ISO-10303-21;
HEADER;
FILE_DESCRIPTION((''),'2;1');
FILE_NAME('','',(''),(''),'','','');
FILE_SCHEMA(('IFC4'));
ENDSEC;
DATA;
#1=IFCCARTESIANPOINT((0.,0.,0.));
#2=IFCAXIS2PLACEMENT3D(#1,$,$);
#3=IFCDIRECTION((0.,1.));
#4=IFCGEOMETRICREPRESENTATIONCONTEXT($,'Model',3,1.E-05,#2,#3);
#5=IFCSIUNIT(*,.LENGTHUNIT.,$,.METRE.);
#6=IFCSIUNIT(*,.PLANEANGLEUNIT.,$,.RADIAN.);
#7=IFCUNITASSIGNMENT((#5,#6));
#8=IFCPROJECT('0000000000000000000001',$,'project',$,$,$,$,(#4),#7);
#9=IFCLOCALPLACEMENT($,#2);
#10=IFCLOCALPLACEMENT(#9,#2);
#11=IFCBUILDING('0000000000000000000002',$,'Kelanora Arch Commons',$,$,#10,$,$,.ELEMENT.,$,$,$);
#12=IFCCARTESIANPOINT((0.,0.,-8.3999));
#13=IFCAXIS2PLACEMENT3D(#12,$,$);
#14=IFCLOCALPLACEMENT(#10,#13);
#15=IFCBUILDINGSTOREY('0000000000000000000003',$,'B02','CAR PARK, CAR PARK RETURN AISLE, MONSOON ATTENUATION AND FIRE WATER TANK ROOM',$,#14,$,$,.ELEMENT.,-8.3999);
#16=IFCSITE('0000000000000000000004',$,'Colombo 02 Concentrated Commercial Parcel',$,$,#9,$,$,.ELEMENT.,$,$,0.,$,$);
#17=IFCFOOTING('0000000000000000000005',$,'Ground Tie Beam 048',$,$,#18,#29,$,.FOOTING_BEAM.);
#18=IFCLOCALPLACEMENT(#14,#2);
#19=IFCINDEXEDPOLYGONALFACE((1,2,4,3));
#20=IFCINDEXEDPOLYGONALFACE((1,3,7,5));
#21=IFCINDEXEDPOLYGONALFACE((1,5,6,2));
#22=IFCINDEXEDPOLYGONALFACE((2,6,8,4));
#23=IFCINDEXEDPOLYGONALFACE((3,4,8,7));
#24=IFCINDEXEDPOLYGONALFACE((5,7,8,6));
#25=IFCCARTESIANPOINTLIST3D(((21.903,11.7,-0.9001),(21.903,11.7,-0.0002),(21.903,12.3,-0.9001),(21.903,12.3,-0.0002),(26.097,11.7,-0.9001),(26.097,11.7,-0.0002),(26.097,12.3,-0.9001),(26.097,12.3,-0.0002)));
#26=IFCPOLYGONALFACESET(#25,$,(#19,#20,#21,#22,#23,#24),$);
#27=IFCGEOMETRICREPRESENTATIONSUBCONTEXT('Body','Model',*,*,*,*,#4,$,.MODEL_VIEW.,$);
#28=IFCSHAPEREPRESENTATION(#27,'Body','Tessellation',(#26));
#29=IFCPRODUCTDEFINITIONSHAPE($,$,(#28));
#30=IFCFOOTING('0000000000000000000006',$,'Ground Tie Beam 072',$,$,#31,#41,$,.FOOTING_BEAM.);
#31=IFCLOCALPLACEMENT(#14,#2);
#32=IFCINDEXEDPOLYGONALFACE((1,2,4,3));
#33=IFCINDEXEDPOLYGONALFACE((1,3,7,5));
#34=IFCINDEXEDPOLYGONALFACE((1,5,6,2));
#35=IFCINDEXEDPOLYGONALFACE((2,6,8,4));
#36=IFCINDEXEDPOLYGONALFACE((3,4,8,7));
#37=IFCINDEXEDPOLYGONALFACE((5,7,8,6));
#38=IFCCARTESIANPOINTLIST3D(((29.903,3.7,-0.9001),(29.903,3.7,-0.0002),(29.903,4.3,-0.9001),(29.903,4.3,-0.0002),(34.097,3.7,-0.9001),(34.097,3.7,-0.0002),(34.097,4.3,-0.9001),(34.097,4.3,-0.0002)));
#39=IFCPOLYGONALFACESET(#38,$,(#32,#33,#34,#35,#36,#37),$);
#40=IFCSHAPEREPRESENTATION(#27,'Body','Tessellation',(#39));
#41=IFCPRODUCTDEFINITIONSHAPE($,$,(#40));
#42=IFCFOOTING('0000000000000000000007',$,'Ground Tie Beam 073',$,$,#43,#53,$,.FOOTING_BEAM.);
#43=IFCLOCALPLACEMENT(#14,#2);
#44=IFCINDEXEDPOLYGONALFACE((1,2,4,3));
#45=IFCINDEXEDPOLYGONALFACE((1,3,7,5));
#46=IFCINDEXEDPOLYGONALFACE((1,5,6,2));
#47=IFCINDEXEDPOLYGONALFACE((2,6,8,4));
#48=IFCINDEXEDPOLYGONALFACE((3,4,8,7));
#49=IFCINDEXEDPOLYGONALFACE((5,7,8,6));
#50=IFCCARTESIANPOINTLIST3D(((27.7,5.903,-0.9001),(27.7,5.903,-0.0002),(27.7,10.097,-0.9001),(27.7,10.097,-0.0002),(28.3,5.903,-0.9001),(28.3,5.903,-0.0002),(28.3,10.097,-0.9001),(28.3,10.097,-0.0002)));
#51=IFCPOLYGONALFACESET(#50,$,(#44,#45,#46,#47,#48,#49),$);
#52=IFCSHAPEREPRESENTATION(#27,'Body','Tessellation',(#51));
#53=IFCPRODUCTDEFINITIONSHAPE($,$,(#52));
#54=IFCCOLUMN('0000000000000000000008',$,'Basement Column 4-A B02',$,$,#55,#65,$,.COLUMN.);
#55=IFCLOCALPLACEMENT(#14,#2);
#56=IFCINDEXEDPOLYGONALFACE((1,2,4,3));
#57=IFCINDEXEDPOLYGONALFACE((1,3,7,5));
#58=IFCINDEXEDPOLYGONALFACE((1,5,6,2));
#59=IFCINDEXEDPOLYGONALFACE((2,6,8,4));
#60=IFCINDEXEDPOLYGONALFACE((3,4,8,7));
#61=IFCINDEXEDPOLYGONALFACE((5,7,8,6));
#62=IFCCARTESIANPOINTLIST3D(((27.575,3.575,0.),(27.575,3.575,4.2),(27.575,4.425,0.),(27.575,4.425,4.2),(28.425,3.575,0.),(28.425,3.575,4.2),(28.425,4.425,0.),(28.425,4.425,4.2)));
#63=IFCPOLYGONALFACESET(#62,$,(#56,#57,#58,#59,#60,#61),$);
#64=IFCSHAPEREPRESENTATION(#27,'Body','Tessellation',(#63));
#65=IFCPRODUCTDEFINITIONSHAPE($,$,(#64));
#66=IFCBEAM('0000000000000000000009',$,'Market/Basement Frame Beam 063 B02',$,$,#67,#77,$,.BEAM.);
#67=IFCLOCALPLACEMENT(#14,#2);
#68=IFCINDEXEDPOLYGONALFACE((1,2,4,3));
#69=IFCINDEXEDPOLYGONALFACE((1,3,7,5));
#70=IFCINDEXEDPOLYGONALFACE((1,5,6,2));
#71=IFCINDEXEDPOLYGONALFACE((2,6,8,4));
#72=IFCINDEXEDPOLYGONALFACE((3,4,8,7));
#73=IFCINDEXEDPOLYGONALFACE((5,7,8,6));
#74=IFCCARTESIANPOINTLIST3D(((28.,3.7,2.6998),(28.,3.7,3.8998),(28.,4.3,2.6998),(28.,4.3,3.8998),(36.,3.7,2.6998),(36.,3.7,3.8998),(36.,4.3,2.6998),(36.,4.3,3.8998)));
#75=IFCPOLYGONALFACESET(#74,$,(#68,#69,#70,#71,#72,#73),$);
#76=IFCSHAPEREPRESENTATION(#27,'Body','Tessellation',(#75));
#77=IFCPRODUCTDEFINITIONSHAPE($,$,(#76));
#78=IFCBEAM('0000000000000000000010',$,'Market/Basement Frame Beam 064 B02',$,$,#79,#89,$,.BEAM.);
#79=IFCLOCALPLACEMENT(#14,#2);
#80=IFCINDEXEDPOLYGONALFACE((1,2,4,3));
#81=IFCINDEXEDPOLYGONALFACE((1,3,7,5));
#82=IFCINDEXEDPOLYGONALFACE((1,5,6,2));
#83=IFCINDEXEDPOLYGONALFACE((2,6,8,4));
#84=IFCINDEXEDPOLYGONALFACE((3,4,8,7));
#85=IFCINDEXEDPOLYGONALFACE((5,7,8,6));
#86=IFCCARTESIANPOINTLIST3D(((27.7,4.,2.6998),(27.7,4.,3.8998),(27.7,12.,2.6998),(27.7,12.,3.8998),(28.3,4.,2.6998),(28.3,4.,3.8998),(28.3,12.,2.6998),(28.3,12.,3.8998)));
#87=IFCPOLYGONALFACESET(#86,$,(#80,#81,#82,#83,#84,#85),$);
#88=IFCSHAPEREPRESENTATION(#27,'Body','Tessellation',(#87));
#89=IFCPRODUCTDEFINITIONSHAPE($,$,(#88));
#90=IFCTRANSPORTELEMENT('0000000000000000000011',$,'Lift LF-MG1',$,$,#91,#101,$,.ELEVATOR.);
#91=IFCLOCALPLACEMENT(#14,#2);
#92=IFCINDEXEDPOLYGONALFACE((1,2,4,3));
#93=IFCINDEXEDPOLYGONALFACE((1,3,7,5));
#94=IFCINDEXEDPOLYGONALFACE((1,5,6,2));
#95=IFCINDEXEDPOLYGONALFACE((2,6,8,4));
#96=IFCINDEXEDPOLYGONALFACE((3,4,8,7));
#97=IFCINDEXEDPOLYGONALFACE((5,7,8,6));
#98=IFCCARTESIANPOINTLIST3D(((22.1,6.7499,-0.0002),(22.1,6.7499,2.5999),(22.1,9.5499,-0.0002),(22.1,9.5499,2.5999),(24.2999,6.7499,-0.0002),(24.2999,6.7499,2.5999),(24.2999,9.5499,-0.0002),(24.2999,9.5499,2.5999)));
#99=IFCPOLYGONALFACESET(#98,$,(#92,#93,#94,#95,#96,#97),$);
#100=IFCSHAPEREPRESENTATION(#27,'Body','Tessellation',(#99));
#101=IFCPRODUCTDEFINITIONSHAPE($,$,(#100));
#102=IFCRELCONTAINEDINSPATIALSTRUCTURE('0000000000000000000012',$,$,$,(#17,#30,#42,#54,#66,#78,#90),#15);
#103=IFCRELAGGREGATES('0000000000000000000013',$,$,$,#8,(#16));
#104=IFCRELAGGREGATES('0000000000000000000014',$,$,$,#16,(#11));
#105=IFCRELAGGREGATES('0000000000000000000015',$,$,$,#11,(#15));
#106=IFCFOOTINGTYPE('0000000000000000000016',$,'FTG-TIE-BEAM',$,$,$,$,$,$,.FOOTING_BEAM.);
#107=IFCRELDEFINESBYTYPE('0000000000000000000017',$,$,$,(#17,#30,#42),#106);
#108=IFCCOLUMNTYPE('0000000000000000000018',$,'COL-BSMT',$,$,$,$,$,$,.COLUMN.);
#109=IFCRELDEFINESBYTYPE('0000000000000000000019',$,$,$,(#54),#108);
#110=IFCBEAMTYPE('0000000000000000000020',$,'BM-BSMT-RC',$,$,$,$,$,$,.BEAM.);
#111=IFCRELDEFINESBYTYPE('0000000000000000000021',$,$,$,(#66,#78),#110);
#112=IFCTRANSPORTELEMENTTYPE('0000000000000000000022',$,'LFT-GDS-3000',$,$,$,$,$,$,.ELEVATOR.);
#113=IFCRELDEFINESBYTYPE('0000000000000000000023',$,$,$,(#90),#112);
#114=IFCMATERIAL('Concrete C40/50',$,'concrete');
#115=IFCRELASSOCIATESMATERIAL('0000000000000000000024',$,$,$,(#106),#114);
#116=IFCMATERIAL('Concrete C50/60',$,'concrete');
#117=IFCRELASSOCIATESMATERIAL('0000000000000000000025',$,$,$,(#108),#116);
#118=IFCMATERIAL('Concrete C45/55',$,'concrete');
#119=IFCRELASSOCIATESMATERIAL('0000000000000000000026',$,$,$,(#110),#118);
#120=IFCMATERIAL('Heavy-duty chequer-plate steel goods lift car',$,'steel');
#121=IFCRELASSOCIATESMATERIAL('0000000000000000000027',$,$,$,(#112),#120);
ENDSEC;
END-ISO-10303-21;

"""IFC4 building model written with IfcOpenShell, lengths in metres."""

from ifc_helpers import new_model, si_unit, direction, frame, origin, origin_2d, place, context, subcontext, project, spatial, rectangle, extrude, source, transform, mapped, material, material_profile, profile_set, type_object, element, save


model = new_model("IFC4")

# Units and contexts
model_context = context("Model", 3, precision=1e-05, world=origin(), true_north=direction((0.0, 1.0)))
body_context = subcontext(model_context, "Body", "Model", "MODEL_VIEW")
ifc_project = project(units=[si_unit("LENGTHUNIT", "METRE"), si_unit("PLANEANGLEUNIT", "RADIAN")], contexts=[model_context])

# Site, building, storey
site_placement = place(None, origin())
site = spatial("IfcSite", under=ifc_project, at=site_placement, Name="Colombo 02 Concentrated Commercial Parcel", CompositionType="ELEMENT", RefElevation=0.0)
building_placement = place(site_placement, origin())
building = spatial("IfcBuilding", under=site, at=building_placement, Name="Kelanora Arch Commons", CompositionType="ELEMENT")
storey_placement = place(building_placement, frame((0.0, 0.0, -8.3999)))
storey = spatial("IfcBuildingStorey", under=building, at=storey_placement, Name="B02", Description="CAR PARK, CAR PARK RETURN AISLE, MONSOON ATTENUATION AND FIRE WATER TANK ROOM", CompositionType="ELEMENT", Elevation=-8.3999)

# Shared definitions
ifc_material_1 = material(Name="Concrete C40/50", Category="concrete")

# Shared definitions
ifc_material_2 = material(Name="Concrete C45/55", Category="concrete")

# Footings
footing_type_1 = type_object("IfcFootingType", Name="FTG-TIE-BEAM", PredefinedType="FOOTING_BEAM", material=ifc_material_1)
shared_shape_1 = source(origin(), body_context, "Body", "SweptSolid", [
    extrude(rectangle(XDim=4.1941, YDim=0.6001, at=origin_2d()), origin(), (0.0, 0.0, 1.0), 0.8999),
])
for number, where, z_axis, x_axis, name in (
    (1, (24.0, 12.0, -0.9001), (0.0, 0.0, 1.0), (1.0, 0.0, 0.0), "Ground Tie Beam 048"),
    (2, (32.0, 4.0, -0.9001), (0.0, 0.0, 1.0), (1.0, 0.0, 0.0), "Ground Tie Beam 072"),
    (3, (28.0, 8.0, -0.9001), (0.0, 0.0, 1.0), (0.0, 1.0, 0.0), "Ground Tie Beam 073"),
):
    element("IfcFooting", number, at=place(storey_placement, frame(where, z_axis=z_axis, x_axis=x_axis)), inside=storey, type_object=footing_type_1, Name=name, PredefinedType="FOOTING_BEAM", context=body_context, shape_type="MappedRepresentation", body=[
        mapped(shared_shape_1, transform((0.0, 0.0, 0.0), scale=1.0)),
    ])

# Column
ifc_material_3 = material(Name="Concrete C50/60", Category="concrete")
ifc_material_profile_1 = material_profile(ifc_material_3, rectangle(XDim=0.8501, YDim=0.8501, at=origin_2d()), Name="RC850x850")
ifc_profile_set_1 = profile_set([ifc_material_profile_1], Name="Concrete C50/60")
column_type = type_object("IfcColumnType", Name="COL-BSMT", PredefinedType="COLUMN", material=ifc_profile_set_1)
column_placement = place(storey_placement, frame((28.0, 4.0, 0.0), z_axis=(0.0, 0.0, 1.0), x_axis=(1.0, 0.0, 0.0)))
element("IfcColumn", 4, at=column_placement, inside=storey, type_object=column_type, Name="Basement Column 4-A B02", PredefinedType="COLUMN", context=body_context, shape_type="SweptSolid", body=[
    extrude(rectangle(XDim=0.8501, YDim=0.8501, at=origin_2d()), origin(), (0.0, 0.0, 1.0), 4.2),
])

# Beams
ifc_material_profile_2 = material_profile(ifc_material_2, rectangle(XDim=0.6001, YDim=1.2, at=origin_2d()), Name="RCB600x1200")
ifc_profile_set_2 = profile_set([ifc_material_profile_2], Name="Concrete C45/55")
beam_type = type_object("IfcBeamType", Name="BM-BSMT-RC", PredefinedType="BEAM", material=ifc_profile_set_2)
for number, where, z_axis, x_axis, name in (
    (5, (28.0, 4.0, 3.2998), (1.0, 0.0, 0.0), (0.0, 1.0, 0.0), "Market/Basement Frame Beam 063 B02"),
    (6, (28.0, 4.0, 3.2998), (0.0, 1.0, 0.0), (-1.0, 0.0, 0.0), "Market/Basement Frame Beam 064 B02"),
):
    element("IfcBeam", number, at=place(storey_placement, frame(where, z_axis=z_axis, x_axis=x_axis)), inside=storey, type_object=beam_type, Name=name, PredefinedType="BEAM", context=body_context, shape_type="SweptSolid", body=[
        extrude(rectangle(XDim=0.6001, YDim=1.2, at=origin_2d()), origin(), (0.0, 0.0, 1.0), 8.0),
    ])

# Transport element
ifc_material_4 = material(Name="Heavy-duty chequer-plate steel goods lift car", Category="steel")
transport_element_type = type_object("IfcTransportElementType", Name="LFT-GDS-3000", PredefinedType="ELEVATOR", material=ifc_material_4)
shared_shape_2 = source(origin(), body_context, "Body", "SweptSolid", [
    extrude(rectangle(XDim=2.2, YDim=2.8, at=origin_2d()), origin(), (0.0, 0.0, 1.0), 2.6001),
])
transport_element_placement = place(storey_placement, frame((23.2, 8.1499, -0.0002), z_axis=(0.0, 0.0, 1.0), x_axis=(1.0, 0.0, 0.0)))
element("IfcTransportElement", 7, at=transport_element_placement, inside=storey, type_object=transport_element_type, Name="Lift LF-MG1", PredefinedType="ELEVATOR", context=body_context, shape_type="MappedRepresentation", body=[
    mapped(shared_shape_2, transform((0.0, 0.0, 0.0), scale=1.0)),
])

save(model, "model.ifc")
